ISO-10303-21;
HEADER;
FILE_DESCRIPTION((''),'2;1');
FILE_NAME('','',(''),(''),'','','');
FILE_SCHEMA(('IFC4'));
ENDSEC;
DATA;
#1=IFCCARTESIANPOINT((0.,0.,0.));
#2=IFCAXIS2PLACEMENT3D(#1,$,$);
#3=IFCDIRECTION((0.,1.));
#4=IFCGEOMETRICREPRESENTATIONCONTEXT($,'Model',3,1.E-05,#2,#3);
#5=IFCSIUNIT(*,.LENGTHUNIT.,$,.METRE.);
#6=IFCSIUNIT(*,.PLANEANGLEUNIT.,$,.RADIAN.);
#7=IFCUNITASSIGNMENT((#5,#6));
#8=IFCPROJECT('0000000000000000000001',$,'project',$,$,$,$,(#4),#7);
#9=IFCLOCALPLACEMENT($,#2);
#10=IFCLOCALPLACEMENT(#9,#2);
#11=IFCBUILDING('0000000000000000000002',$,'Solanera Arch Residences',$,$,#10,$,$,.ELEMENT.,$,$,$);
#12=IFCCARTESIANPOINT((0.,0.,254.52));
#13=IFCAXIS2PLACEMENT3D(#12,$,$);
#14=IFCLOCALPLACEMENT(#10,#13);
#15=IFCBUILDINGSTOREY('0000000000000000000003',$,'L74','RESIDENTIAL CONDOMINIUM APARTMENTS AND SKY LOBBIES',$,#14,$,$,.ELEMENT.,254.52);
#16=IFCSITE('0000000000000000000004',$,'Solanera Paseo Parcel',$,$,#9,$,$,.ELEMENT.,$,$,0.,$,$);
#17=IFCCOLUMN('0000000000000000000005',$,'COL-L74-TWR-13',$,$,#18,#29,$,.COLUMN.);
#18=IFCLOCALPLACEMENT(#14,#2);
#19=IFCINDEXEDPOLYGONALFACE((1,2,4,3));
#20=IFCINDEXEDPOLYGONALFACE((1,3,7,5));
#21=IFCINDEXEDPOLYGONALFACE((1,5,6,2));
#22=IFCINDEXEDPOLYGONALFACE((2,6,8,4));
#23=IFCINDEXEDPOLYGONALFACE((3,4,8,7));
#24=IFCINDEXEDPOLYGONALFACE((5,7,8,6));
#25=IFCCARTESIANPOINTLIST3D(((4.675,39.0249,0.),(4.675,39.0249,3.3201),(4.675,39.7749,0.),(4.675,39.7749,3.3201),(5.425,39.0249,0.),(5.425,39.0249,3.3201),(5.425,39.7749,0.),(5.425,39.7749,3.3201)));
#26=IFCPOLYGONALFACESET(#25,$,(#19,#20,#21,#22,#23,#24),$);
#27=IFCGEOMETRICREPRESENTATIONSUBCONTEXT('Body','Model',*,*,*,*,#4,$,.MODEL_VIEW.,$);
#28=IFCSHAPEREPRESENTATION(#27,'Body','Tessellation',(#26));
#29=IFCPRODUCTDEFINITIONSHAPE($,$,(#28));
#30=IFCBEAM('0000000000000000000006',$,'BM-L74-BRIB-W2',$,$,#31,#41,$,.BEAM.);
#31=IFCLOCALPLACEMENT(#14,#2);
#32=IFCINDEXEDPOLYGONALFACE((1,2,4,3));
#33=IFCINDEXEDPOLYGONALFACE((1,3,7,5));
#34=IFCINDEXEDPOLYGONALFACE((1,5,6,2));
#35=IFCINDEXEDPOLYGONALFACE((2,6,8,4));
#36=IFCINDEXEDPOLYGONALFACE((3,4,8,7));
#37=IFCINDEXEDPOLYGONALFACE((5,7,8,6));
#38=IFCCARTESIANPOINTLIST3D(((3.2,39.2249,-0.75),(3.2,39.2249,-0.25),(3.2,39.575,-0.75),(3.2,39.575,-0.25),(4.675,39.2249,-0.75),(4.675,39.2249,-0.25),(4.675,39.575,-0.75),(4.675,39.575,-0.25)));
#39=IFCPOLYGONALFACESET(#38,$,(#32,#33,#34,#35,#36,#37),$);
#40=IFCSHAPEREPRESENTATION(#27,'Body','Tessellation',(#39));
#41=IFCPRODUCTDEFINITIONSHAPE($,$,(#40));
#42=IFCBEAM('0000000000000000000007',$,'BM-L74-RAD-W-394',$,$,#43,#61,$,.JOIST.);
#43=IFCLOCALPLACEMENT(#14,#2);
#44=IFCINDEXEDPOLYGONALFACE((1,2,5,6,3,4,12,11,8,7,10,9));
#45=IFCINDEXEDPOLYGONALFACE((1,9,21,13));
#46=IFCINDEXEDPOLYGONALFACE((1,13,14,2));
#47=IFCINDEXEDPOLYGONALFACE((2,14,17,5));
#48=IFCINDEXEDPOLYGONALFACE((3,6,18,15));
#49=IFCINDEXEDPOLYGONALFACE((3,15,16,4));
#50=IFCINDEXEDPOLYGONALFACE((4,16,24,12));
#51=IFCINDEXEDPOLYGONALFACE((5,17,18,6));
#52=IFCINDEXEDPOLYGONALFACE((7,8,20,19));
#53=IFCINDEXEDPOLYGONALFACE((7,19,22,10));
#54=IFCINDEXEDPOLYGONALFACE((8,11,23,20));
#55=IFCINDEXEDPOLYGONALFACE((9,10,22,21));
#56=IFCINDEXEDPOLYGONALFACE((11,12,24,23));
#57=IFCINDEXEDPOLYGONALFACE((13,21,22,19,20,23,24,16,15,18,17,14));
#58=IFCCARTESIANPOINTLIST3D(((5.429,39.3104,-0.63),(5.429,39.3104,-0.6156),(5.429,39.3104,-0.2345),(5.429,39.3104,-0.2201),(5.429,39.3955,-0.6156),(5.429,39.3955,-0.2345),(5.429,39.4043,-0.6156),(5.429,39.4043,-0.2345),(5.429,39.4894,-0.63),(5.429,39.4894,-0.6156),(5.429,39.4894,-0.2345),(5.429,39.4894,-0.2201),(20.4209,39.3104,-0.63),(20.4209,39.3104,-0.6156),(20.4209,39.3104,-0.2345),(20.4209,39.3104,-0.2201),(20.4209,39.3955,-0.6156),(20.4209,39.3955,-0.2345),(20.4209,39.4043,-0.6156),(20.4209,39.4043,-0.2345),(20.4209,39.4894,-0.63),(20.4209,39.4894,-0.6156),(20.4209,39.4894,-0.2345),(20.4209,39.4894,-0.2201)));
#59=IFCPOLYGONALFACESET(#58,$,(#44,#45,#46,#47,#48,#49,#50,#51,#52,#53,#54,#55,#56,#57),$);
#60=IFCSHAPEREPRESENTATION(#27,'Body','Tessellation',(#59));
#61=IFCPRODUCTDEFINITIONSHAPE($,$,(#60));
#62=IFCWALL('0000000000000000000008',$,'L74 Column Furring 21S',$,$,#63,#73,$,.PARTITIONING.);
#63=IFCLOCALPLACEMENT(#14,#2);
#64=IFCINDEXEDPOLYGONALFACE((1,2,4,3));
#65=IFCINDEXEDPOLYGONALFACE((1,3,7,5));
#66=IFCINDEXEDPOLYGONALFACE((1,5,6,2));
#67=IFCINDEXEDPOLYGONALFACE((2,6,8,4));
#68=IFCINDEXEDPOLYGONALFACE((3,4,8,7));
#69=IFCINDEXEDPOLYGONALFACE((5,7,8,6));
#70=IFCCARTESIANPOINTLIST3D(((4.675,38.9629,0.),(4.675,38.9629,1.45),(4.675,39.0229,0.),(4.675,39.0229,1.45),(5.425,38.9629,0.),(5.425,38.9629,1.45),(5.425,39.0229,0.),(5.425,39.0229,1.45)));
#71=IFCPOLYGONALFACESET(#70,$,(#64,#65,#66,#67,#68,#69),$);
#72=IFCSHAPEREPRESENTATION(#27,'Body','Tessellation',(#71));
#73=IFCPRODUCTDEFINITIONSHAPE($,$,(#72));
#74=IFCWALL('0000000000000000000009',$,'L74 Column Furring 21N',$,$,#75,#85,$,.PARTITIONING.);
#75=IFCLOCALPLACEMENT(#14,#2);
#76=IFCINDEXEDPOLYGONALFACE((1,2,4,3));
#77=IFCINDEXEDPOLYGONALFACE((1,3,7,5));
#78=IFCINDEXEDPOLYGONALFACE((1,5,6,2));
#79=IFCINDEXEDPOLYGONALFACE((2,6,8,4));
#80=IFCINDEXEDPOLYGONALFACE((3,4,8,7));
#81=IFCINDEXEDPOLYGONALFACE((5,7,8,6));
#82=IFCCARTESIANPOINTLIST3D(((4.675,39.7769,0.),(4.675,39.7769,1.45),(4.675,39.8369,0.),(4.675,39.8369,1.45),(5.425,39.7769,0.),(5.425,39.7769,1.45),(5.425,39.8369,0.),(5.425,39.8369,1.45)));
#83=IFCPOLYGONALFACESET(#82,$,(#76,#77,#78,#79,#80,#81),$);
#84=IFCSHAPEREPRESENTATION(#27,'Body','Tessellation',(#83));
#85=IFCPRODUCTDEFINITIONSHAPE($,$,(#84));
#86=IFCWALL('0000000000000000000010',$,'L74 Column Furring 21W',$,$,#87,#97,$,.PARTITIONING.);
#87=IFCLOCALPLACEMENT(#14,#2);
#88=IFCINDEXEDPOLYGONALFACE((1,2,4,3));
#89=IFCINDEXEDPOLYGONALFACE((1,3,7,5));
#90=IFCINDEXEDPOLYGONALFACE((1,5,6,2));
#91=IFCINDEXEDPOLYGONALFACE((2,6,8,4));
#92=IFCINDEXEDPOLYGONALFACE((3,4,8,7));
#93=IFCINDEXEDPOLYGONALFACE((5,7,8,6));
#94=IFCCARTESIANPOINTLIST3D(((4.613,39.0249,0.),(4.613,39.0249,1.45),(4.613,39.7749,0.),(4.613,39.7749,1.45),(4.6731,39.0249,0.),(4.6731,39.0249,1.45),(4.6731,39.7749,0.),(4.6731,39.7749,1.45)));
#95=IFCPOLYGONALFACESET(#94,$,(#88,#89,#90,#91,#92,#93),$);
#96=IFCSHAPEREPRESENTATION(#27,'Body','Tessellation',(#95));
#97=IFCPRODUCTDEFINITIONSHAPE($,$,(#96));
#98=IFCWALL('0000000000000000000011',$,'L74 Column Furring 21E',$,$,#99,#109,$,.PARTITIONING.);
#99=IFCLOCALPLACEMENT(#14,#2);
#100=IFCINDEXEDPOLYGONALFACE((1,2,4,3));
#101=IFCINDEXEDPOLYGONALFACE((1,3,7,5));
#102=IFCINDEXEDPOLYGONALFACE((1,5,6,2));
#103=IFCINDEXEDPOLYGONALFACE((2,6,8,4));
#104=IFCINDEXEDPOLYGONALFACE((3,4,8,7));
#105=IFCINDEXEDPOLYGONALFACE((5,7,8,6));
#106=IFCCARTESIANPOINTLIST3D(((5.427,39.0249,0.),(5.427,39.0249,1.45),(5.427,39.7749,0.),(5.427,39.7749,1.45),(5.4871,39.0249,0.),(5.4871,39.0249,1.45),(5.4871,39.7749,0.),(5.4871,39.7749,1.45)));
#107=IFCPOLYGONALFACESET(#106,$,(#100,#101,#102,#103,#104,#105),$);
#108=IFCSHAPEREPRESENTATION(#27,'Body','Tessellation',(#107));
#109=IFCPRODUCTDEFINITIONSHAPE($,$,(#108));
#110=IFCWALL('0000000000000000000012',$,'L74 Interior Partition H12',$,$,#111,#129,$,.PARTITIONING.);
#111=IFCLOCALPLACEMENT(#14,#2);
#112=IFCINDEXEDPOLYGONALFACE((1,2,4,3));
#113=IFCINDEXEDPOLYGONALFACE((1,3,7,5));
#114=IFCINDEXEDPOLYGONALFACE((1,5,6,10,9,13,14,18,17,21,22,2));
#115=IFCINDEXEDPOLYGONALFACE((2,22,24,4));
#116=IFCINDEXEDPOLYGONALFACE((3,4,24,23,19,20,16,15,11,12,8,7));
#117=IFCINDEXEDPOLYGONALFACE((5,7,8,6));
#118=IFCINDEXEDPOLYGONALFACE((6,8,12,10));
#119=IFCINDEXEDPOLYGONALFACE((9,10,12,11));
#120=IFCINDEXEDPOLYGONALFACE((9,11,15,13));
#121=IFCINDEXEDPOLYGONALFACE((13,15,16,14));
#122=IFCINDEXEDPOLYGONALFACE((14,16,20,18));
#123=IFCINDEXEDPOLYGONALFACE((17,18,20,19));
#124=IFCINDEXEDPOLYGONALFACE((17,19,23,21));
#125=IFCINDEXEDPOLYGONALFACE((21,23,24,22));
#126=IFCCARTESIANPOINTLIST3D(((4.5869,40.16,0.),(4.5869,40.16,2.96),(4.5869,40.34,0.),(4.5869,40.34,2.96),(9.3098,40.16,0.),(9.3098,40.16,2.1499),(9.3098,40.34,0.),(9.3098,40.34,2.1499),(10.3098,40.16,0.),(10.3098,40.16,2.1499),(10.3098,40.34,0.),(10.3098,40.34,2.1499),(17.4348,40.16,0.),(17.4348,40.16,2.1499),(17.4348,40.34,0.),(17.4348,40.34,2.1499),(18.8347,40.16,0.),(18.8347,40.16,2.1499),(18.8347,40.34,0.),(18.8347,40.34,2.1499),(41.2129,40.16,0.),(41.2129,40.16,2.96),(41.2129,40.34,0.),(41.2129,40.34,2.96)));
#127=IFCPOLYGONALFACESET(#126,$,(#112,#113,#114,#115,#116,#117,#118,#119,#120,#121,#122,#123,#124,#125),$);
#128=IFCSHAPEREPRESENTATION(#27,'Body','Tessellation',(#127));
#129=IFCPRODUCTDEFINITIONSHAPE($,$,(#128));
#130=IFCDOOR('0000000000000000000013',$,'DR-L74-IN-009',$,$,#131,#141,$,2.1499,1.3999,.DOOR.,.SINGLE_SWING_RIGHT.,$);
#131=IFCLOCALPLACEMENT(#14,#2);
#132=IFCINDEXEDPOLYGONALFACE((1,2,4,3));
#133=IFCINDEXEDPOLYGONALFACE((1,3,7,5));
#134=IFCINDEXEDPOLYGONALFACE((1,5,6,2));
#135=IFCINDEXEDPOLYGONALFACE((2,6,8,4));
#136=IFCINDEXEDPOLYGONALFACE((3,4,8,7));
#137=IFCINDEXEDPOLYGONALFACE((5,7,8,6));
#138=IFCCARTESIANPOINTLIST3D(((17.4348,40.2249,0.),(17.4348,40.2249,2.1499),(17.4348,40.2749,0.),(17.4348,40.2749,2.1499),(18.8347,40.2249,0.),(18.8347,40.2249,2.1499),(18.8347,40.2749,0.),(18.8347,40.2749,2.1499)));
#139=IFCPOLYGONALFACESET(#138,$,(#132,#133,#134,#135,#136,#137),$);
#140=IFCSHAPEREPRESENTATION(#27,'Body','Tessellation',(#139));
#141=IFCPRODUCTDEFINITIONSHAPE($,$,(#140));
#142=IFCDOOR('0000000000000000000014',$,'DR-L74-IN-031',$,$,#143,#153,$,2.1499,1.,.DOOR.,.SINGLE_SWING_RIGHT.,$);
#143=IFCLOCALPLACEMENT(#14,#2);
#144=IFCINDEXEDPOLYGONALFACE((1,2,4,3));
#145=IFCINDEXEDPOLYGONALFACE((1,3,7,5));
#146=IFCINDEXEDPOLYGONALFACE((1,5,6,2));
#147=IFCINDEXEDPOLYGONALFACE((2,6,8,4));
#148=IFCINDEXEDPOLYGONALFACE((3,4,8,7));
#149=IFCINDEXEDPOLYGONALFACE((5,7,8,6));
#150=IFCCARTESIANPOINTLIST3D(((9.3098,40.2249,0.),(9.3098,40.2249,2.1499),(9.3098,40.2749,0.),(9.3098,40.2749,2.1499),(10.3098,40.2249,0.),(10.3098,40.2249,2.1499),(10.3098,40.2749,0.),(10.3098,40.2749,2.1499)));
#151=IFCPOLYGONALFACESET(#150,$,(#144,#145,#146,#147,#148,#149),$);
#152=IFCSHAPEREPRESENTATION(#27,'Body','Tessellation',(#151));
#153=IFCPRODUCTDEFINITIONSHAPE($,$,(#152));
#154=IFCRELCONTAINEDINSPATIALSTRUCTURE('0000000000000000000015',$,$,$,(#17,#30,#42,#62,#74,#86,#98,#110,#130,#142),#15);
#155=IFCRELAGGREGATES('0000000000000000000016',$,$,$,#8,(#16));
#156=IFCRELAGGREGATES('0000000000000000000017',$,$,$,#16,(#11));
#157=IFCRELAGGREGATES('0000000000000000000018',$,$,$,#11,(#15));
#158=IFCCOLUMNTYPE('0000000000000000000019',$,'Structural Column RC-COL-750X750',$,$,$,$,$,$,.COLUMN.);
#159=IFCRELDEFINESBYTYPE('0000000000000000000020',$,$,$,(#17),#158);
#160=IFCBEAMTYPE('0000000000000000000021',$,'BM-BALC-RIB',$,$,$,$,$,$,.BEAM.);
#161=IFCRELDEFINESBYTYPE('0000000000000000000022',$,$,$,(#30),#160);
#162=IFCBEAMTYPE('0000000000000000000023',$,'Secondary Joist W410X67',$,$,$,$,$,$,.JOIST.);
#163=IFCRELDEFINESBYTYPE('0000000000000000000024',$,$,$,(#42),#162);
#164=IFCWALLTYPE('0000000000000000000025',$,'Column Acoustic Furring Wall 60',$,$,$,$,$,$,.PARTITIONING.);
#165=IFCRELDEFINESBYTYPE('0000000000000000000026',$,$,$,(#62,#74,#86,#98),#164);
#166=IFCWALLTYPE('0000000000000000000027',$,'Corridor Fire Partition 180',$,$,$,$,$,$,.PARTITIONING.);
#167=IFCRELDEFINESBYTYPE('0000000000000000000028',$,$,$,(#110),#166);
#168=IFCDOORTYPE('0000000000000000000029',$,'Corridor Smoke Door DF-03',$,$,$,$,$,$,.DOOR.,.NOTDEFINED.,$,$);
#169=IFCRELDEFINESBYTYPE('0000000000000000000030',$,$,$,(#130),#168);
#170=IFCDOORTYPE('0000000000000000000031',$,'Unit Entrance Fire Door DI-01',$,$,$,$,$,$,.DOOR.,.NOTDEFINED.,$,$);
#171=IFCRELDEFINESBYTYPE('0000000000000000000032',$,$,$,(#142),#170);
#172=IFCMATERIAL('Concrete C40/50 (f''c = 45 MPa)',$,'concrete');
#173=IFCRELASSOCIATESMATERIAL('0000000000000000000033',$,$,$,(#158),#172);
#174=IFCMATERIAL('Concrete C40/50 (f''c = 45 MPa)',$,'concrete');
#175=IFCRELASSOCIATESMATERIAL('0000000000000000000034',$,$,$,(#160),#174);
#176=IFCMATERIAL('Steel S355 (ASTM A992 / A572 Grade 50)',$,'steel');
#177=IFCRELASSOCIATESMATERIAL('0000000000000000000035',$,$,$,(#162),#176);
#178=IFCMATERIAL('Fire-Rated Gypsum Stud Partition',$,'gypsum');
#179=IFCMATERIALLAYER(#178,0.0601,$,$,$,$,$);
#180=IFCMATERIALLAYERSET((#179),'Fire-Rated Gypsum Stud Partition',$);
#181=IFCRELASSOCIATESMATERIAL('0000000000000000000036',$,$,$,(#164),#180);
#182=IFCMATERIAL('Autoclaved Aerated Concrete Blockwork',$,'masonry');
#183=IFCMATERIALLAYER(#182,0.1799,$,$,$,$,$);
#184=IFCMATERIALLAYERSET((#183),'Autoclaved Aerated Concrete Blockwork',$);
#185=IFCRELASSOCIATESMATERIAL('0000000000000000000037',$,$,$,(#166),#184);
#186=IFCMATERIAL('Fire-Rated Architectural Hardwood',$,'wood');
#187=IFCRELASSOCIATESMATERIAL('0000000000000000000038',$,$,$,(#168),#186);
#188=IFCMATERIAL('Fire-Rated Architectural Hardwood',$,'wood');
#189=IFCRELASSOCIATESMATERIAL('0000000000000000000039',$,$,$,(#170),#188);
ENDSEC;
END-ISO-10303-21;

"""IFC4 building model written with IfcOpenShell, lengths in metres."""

from ifc_helpers import new_model, si_unit, direction, frame, frame_2d, origin, origin_2d, place, context, subcontext, project, spatial, rectangle, i_section, extrude, material, layer, layer_set, material_profile, profile_set, type_object, element, fill, save


model = new_model("IFC4")

# Units and contexts
model_context = context("Model", 3, precision=1e-05, world=origin(), true_north=direction((0.0, 1.0)))
body_context = subcontext(model_context, "Body", "Model", "MODEL_VIEW")
ifc_project = project(units=[si_unit("LENGTHUNIT", "METRE"), si_unit("PLANEANGLEUNIT", "RADIAN")], contexts=[model_context])

# Site, building, storey
site_placement = place(None, origin())
site = spatial("IfcSite", under=ifc_project, at=site_placement, Name="Solanera Paseo Parcel", CompositionType="ELEMENT", RefElevation=0.0)
building_placement = place(site_placement, origin())
building = spatial("IfcBuilding", under=site, at=building_placement, Name="Solanera Arch Residences", CompositionType="ELEMENT")
storey_placement = place(building_placement, frame((0.0, 0.0, 254.52)))
storey = spatial("IfcBuildingStorey", under=building, at=storey_placement, Name="L74", Description="RESIDENTIAL CONDOMINIUM APARTMENTS AND SKY LOBBIES", CompositionType="ELEMENT", Elevation=254.52)

# Column
ifc_material_1 = material(Name="Concrete C40/50 (f'c = 45 MPa)", Category="concrete")
ifc_material_profile_1 = material_profile(ifc_material_1, rectangle(XDim=0.75, YDim=0.75, at=origin_2d()))
ifc_profile_set_1 = profile_set([ifc_material_profile_1], Name="Concrete C40/50 (f'c = 45 MPa)")
column_type = type_object("IfcColumnType", Name="Structural Column RC-COL-750X750", PredefinedType="COLUMN", material=ifc_profile_set_1)
column_placement = place(storey_placement, frame((5.05, 39.3999, 0.0), z_axis=(0.0, 0.0, 1.0), x_axis=(1.0, 0.0, 0.0)))
element("IfcColumn", 1, at=column_placement, inside=storey, type_object=column_type, Name="COL-L74-TWR-13", PredefinedType="COLUMN", context=body_context, shape_type="SweptSolid", body=[
    extrude(rectangle(XDim=0.75, YDim=0.75, at=origin_2d()), origin(), (0.0, 0.0, 1.0), 3.3201),
])

# Beams
ifc_material_2 = material(Name="Concrete C40/50 (f'c = 45 MPa)", Category="concrete")
ifc_material_profile_2 = material_profile(ifc_material_2, rectangle(XDim=0.3501, YDim=0.5, at=origin_2d()))
ifc_profile_set_2 = profile_set([ifc_material_profile_2], Name="Concrete C40/50 (f'c = 45 MPa)")
beam_type_1 = type_object("IfcBeamType", Name="BM-BALC-RIB", PredefinedType="BEAM", material=ifc_profile_set_2)
beam_1_placement = place(storey_placement, frame((3.2, 39.3999, -0.5), z_axis=(1.0, 0.0, 0.0), x_axis=(0.0, 1.0, 0.0)))
element("IfcBeam", 2, at=beam_1_placement, inside=storey, type_object=beam_type_1, Name="BM-L74-BRIB-W2", PredefinedType="BEAM", context=body_context, shape_type="SweptSolid", body=[
    extrude(rectangle(XDim=0.3501, YDim=0.5, at=origin_2d()), origin(), (0.0, 0.0, 1.0), 1.4751),
])
ifc_material_3 = material(Name="Steel S355 (ASTM A992 / A572 Grade 50)", Category="steel")
ifc_material_profile_3 = material_profile(ifc_material_3, i_section(OverallWidth=0.179, OverallDepth=0.4099, WebThickness=0.0088, FlangeThickness=0.0144, at=origin_2d()))
ifc_profile_set_3 = profile_set([ifc_material_profile_3], Name="Steel S355 (ASTM A992 / A572 Grade 50)")
beam_type_2 = type_object("IfcBeamType", Name="Secondary Joist W410X67", PredefinedType="JOIST", material=ifc_profile_set_3)
beam_2_placement = place(storey_placement, frame((5.429, 39.3999, -0.425), z_axis=(1.0, 0.0, 0.0), x_axis=(0.0, 1.0, 0.0)))
element("IfcBeam", 3, at=beam_2_placement, inside=storey, type_object=beam_type_2, Name="BM-L74-RAD-W-394", PredefinedType="JOIST", context=body_context, shape_type="SweptSolid", body=[
    extrude(i_section(OverallWidth=0.179, OverallDepth=0.4099, WebThickness=0.0088, FlangeThickness=0.0144, at=origin_2d()), origin(), (0.0, 0.0, 1.0), 14.9919),
])

# Walls
ifc_material_4 = material(Name="Fire-Rated Gypsum Stud Partition", Category="gypsum")
ifc_layer_1 = layer(ifc_material_4, 0.0601)
ifc_layer_set_1 = layer_set([ifc_layer_1], Name="Fire-Rated Gypsum Stud Partition")
wall_type_1 = type_object("IfcWallType", Name="Column Acoustic Furring Wall 60", PredefinedType="PARTITIONING", material=ifc_layer_set_1)
for number, where, z_axis, x_axis, name in (
    (4, (4.675, 38.9929, 0.0), (0.0, 0.0, 1.0), (1.0, 0.0, 0.0), "L74 Column Furring 21S"),
    (5, (4.675, 39.8069, 0.0), (0.0, 0.0, 1.0), (1.0, 0.0, 0.0), "L74 Column Furring 21N"),
    (6, (4.6431, 39.0249, 0.0), (0.0, 0.0, 1.0), (0.0, 1.0, 0.0), "L74 Column Furring 21W"),
    (7, (5.457, 39.0249, 0.0), (0.0, 0.0, 1.0), (0.0, 1.0, 0.0), "L74 Column Furring 21E"),
):
    element("IfcWall", number, at=place(storey_placement, frame(where, z_axis=z_axis, x_axis=x_axis)), inside=storey, type_object=wall_type_1, Name=name, PredefinedType="PARTITIONING", context=body_context, shape_type="SweptSolid", body=[
        extrude(rectangle(XDim=0.75, YDim=0.0601, at=frame_2d((0.375, 0.0))), origin(), (0.0, 0.0, 1.0), 1.45),
    ])

# Wall, openings, doors
ifc_material_5 = material(Name="Autoclaved Aerated Concrete Blockwork", Category="masonry")
ifc_layer_2 = layer(ifc_material_5, 0.1799)
ifc_layer_set_2 = layer_set([ifc_layer_2], Name="Autoclaved Aerated Concrete Blockwork")
wall_type_2 = type_object("IfcWallType", Name="Corridor Fire Partition 180", PredefinedType="PARTITIONING", material=ifc_layer_set_2)
wall_1_placement = place(storey_placement, frame((4.5869, 40.25, 0.0), z_axis=(0.0, 0.0, 1.0), x_axis=(1.0, 0.0, 0.0)))
wall_1 = element("IfcWall", 8, at=wall_1_placement, inside=storey, type_object=wall_type_2, Name="L74 Interior Partition H12", PredefinedType="PARTITIONING", context=body_context, shape_type="SweptSolid", body=[
    extrude(rectangle(XDim=36.626, YDim=0.1799, at=frame_2d((18.313, 0.0))), origin(), (0.0, 0.0, 1.0), 2.96),
])
opening_1_placement = place(wall_1_placement, frame((12.8479, 0.0, 0.0)))
opening_1 = element("IfcOpeningElement", 9, at=opening_1_placement, cuts=wall_1, PredefinedType="OPENING", context=body_context, shape_type="SweptSolid", body=[
    extrude(rectangle(XDim=1.3999, YDim=2.1499, at=frame_2d((0.7, 1.075))), frame((0.0, 0.1001, 0.0), z_axis=(0.0, -1.0, 0.0), x_axis=(1.0, 0.0, 0.0)), (0.0, 0.0, 1.0), 0.1999),
])
opening_2_placement = place(wall_1_placement, frame((4.7229, 0.0, 0.0)))
opening_2 = element("IfcOpeningElement", 10, at=opening_2_placement, cuts=wall_1, PredefinedType="OPENING", context=body_context, shape_type="SweptSolid", body=[
    extrude(rectangle(XDim=1.0, YDim=2.1499, at=frame_2d((0.5, 1.075))), frame((0.0, 0.1001, 0.0), z_axis=(0.0, -1.0, 0.0), x_axis=(1.0, 0.0, 0.0)), (0.0, 0.0, 1.0), 0.1999),
])
ifc_material_6 = material(Name="Fire-Rated Architectural Hardwood", Category="wood")
door_type_1 = type_object("IfcDoorType", Name="Corridor Smoke Door DF-03", OperationType="NOTDEFINED", PredefinedType="DOOR", material=ifc_material_6)
door_1_placement = place(opening_1_placement, origin())
door_1 = element("IfcDoor", 11, at=door_1_placement, inside=storey, type_object=door_type_1, Name="DR-L74-IN-009", OperationType="SINGLE_SWING_RIGHT", OverallHeight=2.1499, OverallWidth=1.3999, PredefinedType="DOOR", context=body_context, shape_type="SweptSolid", body=[
    extrude(rectangle(XDim=1.3999, YDim=2.1499, at=frame_2d((0.7, 1.075))), frame((0.0, 0.0249, 0.0), z_axis=(0.0, -1.0, 0.0), x_axis=(1.0, 0.0, 0.0)), (0.0, 0.0, 1.0), 0.05),
])
fill(opening_1, door_1)
ifc_material_7 = material(Name="Fire-Rated Architectural Hardwood", Category="wood")
door_type_2 = type_object("IfcDoorType", Name="Unit Entrance Fire Door DI-01", OperationType="NOTDEFINED", PredefinedType="DOOR", material=ifc_material_7)
door_2_placement = place(opening_2_placement, origin())
door_2 = element("IfcDoor", 12, at=door_2_placement, inside=storey, type_object=door_type_2, Name="DR-L74-IN-031", OperationType="SINGLE_SWING_RIGHT", OverallHeight=2.1499, OverallWidth=1.0, PredefinedType="DOOR", context=body_context, shape_type="SweptSolid", body=[
    extrude(rectangle(XDim=1.0, YDim=2.1499, at=frame_2d((0.5, 1.075))), frame((0.0, 0.0249, 0.0), z_axis=(0.0, -1.0, 0.0), x_axis=(1.0, 0.0, 0.0)), (0.0, 0.0, 1.0), 0.05),
])
fill(opening_2, door_2)

save(model, "model.ifc")
